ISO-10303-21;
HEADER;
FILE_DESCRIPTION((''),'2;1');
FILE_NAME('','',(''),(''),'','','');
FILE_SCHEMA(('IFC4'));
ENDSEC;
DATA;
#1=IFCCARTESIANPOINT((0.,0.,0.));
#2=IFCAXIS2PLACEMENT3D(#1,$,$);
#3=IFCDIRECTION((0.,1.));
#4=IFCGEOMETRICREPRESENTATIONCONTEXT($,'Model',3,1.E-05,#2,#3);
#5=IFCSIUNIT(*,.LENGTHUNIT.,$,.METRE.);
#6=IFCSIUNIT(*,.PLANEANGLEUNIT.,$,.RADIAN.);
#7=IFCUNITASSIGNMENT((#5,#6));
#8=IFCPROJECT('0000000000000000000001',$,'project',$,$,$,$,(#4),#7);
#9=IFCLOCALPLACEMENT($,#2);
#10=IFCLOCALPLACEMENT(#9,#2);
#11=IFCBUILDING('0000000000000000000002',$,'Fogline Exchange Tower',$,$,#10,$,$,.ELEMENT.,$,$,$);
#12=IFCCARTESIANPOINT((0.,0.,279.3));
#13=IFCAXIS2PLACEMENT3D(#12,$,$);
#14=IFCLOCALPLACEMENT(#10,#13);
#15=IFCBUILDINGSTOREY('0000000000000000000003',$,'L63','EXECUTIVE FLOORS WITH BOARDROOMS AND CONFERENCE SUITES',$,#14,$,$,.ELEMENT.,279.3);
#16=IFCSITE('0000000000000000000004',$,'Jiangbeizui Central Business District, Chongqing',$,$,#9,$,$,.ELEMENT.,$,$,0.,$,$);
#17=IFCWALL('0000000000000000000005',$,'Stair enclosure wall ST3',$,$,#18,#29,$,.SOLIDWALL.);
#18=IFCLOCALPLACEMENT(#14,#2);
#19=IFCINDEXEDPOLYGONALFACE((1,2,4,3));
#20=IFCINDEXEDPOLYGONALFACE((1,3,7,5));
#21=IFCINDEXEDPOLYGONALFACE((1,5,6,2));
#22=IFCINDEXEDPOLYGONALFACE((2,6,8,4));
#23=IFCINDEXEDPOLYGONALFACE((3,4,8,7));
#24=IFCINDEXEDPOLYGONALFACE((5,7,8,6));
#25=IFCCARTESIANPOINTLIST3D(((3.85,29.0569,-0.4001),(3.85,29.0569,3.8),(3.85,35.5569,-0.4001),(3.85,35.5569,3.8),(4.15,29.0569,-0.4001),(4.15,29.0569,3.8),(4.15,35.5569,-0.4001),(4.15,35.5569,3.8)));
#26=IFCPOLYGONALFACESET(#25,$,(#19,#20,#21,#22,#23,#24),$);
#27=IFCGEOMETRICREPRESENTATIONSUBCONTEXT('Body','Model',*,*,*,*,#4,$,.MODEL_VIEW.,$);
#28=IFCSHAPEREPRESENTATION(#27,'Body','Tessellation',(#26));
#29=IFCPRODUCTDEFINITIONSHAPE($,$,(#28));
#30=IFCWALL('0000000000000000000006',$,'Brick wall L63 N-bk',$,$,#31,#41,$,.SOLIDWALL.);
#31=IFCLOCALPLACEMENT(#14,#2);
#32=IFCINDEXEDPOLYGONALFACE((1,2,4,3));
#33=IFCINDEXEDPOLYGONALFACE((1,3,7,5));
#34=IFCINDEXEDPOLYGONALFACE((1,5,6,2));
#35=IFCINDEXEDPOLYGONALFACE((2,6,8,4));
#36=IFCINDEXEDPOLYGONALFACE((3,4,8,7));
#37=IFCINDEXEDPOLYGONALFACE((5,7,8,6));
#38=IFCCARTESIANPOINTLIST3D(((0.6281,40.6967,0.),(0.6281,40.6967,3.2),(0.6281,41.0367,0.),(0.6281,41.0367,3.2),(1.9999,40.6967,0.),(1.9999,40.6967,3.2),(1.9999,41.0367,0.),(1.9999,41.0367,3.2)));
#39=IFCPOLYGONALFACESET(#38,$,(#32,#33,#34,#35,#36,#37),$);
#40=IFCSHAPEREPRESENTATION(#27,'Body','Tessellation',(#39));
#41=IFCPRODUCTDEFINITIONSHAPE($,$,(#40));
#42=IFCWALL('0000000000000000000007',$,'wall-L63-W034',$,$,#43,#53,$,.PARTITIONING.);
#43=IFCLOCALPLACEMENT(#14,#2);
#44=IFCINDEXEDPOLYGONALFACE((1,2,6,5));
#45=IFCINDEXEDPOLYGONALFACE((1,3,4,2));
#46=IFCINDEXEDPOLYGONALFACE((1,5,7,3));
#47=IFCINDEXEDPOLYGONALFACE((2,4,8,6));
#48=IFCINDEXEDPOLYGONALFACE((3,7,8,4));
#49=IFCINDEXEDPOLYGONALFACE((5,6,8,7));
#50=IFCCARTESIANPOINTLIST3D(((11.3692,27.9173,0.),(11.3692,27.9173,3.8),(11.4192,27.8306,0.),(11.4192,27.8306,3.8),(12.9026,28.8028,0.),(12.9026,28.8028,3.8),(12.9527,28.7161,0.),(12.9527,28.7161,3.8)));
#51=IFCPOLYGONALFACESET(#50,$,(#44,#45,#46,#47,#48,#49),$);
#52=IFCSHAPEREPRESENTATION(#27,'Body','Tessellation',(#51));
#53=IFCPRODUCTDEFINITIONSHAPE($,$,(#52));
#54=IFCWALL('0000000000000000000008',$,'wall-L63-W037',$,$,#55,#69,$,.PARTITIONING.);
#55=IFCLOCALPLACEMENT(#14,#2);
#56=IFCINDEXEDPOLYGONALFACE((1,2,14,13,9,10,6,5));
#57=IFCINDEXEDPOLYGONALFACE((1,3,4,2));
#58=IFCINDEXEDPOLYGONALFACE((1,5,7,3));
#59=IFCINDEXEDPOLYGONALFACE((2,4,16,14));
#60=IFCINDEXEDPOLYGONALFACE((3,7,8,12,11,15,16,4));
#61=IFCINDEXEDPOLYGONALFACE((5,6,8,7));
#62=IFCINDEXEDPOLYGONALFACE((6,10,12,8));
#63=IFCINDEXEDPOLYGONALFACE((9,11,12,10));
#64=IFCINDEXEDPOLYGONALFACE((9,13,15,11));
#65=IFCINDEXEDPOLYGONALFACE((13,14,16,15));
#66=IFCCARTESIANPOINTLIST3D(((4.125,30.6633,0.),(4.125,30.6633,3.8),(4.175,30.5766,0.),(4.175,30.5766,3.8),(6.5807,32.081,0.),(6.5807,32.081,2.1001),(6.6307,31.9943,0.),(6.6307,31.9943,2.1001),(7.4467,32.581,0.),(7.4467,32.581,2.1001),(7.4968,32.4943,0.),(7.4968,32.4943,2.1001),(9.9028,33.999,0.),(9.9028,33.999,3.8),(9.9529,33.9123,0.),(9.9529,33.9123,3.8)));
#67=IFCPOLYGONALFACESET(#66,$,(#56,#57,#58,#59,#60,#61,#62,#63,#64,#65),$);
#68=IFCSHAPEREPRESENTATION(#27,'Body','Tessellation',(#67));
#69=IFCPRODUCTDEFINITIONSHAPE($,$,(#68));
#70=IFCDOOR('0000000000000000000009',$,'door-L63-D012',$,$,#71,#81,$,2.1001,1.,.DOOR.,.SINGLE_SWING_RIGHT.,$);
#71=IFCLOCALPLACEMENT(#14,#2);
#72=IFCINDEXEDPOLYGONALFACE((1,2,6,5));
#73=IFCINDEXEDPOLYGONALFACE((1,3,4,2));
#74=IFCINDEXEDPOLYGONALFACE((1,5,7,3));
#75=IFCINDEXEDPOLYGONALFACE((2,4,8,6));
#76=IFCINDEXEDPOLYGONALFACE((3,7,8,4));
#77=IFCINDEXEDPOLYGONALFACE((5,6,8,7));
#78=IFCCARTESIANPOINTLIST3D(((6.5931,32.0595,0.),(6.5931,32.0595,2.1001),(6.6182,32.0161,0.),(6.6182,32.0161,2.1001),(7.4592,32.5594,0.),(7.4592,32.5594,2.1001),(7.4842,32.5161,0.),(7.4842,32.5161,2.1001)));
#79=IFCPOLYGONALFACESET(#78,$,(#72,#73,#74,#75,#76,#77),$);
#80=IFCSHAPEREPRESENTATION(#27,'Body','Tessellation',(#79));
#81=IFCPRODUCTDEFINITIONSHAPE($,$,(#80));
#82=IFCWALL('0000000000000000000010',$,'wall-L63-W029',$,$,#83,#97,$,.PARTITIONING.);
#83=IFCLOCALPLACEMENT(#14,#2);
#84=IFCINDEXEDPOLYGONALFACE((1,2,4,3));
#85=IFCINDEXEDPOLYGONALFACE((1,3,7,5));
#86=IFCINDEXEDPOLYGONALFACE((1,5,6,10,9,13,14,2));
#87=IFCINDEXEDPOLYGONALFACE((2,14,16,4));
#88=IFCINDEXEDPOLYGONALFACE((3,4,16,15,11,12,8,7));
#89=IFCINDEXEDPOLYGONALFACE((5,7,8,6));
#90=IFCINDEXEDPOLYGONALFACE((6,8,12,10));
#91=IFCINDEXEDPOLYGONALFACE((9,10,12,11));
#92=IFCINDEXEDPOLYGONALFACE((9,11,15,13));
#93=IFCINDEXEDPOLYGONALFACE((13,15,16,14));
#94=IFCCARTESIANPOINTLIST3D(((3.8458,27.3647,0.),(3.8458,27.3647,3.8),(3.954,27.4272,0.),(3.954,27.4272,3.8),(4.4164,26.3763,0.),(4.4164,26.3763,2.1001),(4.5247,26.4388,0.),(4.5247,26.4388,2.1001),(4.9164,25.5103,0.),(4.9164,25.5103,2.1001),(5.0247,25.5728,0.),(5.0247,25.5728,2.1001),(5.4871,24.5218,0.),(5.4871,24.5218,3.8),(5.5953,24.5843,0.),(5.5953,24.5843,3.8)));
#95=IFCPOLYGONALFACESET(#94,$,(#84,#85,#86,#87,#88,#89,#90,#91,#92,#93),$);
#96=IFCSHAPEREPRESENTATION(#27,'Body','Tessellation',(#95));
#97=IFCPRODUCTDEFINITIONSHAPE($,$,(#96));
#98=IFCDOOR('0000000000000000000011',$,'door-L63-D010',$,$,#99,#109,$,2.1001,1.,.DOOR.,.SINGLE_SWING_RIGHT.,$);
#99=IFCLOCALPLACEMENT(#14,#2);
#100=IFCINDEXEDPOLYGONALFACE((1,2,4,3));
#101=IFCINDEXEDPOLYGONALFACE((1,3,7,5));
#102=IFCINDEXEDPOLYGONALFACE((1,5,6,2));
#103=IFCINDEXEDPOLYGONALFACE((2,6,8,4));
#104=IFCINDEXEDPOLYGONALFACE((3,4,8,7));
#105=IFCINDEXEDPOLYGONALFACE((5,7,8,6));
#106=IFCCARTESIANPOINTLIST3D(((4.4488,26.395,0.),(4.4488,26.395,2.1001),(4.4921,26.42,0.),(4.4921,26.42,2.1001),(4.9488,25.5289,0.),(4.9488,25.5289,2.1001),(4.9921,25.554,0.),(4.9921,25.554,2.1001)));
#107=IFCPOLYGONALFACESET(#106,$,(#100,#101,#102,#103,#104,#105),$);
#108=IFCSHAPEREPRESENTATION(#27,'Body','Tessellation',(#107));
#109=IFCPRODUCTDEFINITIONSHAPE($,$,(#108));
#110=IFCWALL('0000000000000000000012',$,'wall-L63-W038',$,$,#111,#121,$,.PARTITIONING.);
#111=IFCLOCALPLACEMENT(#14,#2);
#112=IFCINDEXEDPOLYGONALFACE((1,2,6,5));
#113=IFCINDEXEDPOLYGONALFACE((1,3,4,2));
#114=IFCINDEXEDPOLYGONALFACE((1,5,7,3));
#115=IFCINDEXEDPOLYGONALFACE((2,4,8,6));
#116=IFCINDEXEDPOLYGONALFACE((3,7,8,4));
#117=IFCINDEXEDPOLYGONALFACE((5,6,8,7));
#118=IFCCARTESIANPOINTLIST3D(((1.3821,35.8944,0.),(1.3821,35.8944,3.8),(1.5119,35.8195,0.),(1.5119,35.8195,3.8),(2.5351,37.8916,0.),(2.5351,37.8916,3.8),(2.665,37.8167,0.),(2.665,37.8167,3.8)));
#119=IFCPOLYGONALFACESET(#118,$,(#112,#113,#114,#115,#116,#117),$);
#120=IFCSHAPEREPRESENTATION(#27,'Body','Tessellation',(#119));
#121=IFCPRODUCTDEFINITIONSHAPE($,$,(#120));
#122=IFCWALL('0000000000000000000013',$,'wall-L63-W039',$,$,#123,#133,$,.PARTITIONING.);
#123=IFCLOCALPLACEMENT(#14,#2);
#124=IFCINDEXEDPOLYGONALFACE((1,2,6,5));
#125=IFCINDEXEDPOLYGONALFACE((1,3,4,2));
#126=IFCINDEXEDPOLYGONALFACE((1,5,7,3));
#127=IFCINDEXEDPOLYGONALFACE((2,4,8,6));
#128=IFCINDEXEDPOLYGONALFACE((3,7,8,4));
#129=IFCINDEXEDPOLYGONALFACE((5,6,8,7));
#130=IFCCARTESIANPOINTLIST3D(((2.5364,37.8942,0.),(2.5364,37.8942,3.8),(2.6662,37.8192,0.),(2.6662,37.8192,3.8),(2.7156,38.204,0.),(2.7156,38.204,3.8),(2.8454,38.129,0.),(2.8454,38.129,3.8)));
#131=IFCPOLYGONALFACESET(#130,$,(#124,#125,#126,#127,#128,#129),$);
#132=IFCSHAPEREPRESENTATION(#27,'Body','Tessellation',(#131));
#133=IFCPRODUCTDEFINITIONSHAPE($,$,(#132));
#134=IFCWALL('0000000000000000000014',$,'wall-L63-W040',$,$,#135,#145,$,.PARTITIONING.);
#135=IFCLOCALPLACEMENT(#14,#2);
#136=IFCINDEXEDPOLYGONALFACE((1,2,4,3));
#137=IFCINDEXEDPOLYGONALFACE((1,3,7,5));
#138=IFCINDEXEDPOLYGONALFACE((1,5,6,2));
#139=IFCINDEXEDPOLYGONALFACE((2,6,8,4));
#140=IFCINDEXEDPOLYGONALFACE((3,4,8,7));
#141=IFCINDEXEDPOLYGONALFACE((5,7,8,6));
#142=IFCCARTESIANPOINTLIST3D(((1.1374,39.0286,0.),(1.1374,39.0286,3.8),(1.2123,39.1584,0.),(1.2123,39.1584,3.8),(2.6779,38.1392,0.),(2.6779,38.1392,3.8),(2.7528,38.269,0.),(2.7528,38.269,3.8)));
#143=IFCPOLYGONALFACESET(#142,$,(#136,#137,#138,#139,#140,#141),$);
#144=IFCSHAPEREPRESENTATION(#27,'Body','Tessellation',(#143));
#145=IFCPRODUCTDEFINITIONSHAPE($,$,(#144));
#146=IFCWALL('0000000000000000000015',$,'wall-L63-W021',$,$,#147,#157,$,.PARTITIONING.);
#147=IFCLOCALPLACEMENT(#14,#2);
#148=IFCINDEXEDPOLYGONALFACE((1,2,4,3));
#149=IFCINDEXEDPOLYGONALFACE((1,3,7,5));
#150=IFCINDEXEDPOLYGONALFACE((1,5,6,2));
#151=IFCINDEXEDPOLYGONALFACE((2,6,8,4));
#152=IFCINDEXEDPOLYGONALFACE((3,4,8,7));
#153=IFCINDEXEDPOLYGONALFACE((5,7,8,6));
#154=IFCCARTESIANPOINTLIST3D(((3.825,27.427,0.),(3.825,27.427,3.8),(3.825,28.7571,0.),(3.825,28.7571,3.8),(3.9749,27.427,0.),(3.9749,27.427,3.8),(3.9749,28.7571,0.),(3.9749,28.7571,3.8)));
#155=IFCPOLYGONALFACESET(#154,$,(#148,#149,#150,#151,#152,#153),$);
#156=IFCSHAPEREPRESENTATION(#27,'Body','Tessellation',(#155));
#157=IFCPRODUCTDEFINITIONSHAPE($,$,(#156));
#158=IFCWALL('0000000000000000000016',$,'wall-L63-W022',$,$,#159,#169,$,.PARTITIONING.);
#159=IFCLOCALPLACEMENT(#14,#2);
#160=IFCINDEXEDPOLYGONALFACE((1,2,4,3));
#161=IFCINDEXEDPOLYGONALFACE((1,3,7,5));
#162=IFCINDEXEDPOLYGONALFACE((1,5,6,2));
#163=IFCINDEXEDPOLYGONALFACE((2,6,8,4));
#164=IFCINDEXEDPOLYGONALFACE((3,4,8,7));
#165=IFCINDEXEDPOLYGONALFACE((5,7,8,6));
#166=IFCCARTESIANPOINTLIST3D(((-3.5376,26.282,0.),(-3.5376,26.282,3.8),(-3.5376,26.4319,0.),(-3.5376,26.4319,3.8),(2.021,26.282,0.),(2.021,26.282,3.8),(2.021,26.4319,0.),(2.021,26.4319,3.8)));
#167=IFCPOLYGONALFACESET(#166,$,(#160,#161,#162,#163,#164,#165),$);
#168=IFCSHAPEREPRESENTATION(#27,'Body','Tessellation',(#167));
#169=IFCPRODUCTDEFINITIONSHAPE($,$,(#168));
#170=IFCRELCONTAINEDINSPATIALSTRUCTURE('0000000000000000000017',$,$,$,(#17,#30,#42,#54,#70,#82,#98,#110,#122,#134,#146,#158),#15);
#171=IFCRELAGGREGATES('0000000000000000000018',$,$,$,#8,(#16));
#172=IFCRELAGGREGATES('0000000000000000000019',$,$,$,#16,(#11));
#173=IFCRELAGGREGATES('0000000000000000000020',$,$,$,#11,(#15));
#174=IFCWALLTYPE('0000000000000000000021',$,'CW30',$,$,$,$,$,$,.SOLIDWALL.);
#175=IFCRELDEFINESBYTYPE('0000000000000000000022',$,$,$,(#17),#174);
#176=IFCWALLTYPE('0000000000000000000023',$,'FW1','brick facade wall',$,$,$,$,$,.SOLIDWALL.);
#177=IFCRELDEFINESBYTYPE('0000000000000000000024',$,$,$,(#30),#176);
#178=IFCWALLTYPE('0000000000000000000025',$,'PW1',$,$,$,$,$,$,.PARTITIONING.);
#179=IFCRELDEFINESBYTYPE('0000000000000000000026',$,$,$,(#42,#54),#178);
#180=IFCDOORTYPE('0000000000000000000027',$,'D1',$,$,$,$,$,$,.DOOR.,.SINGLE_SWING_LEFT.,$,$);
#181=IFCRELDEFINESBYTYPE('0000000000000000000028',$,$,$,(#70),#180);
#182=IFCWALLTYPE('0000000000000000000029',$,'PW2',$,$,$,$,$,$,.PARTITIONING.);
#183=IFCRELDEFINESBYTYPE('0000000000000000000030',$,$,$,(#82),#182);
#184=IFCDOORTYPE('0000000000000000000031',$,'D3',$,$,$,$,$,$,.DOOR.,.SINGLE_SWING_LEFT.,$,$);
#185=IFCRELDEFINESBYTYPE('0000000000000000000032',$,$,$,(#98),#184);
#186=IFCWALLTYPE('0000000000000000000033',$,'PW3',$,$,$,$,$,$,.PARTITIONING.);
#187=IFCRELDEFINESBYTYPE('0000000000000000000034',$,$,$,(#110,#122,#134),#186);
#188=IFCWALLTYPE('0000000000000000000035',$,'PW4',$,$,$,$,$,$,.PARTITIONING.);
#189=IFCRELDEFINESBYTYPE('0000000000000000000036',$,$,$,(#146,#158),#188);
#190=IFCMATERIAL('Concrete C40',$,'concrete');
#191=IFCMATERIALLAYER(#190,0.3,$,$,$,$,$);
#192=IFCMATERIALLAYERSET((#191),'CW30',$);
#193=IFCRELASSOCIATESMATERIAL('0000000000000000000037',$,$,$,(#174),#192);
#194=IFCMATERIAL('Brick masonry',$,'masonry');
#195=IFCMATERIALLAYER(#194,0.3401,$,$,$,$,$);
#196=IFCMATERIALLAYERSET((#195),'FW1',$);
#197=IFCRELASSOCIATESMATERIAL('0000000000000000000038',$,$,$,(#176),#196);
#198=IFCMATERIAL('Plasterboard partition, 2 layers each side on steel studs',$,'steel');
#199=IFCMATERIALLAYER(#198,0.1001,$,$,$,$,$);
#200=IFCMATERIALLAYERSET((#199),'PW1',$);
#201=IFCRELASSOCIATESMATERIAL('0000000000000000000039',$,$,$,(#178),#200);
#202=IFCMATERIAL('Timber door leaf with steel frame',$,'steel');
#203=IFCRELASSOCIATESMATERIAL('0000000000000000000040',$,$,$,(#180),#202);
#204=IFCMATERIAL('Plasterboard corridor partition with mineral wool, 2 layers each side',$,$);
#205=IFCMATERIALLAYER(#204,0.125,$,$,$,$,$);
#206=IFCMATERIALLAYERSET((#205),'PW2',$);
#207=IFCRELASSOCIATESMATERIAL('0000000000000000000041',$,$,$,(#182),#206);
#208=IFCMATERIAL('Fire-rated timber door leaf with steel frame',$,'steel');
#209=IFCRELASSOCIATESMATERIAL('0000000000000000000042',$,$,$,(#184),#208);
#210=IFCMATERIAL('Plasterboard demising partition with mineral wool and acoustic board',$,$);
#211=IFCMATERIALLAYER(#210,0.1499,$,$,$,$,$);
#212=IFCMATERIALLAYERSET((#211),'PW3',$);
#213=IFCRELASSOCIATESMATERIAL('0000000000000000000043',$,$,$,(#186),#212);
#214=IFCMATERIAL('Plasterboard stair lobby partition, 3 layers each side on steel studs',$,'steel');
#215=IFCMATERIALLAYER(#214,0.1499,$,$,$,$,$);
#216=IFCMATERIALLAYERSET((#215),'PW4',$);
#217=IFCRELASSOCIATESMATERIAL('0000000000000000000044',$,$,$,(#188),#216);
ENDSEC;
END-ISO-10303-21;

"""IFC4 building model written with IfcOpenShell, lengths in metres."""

from ifc_helpers import new_model, si_unit, direction, frame, frame_2d, origin, place, context, subcontext, project, spatial, rectangle, extrude, material, layer, layer_set, type_object, element, fill, save


model = new_model("IFC4")

# Units and contexts
model_context = context("Model", 3, precision=1e-05, world=origin(), true_north=direction((0.0, 1.0)))
body_context = subcontext(model_context, "Body", "Model", "MODEL_VIEW")
ifc_project = project(units=[si_unit("LENGTHUNIT", "METRE"), si_unit("PLANEANGLEUNIT", "RADIAN")], contexts=[model_context])

# Site, building, storey
site_placement = place(None, origin())
site = spatial("IfcSite", under=ifc_project, at=site_placement, Name="Jiangbeizui Central Business District, Chongqing", CompositionType="ELEMENT", RefElevation=0.0)
building_placement = place(site_placement, origin())
building = spatial("IfcBuilding", under=site, at=building_placement, Name="Fogline Exchange Tower", CompositionType="ELEMENT")
storey_placement = place(building_placement, frame((0.0, 0.0, 279.3)))
storey = spatial("IfcBuildingStorey", under=building, at=storey_placement, Name="L63", Description="EXECUTIVE FLOORS WITH BOARDROOMS AND CONFERENCE SUITES", CompositionType="ELEMENT", Elevation=279.3)

# Shared definitions
ifc_material_1 = material(Name="Concrete C40", Category="concrete")

# Walls
ifc_layer_1 = layer(ifc_material_1, 0.3)
ifc_layer_set_1 = layer_set([ifc_layer_1], Name="CW30")
wall_type_1 = type_object("IfcWallType", Name="CW30", PredefinedType="SOLIDWALL", material=ifc_layer_set_1)
wall_1_placement = place(storey_placement, frame((4.0, 29.0569, -0.4001), z_axis=(0.0, 0.0, 1.0), x_axis=(0.0, 1.0, 0.0)))
element("IfcWall", 1, at=wall_1_placement, inside=storey, type_object=wall_type_1, Name="Stair enclosure wall ST3", PredefinedType="SOLIDWALL", context=body_context, shape_type="SweptSolid", body=[
    extrude(rectangle(XDim=6.5, YDim=0.3, at=frame_2d((3.25, 0.0))), origin(), (0.0, 0.0, 1.0), 4.2002),
])
ifc_material_2 = material(Name="Brick masonry", Category="masonry")
ifc_layer_2 = layer(ifc_material_2, 0.3401)
ifc_layer_set_2 = layer_set([ifc_layer_2], Name="FW1")
wall_type_2 = type_object("IfcWallType", Name="FW1", Description="brick facade wall", PredefinedType="SOLIDWALL", material=ifc_layer_set_2)
wall_2_placement = place(storey_placement, frame((2.0, 40.8667, 0.0), z_axis=(0.0, 0.0, 1.0), x_axis=(-1.0, 0.0, 0.0)))
element("IfcWall", 2, at=wall_2_placement, inside=storey, type_object=wall_type_2, Name="Brick wall L63 N-bk", PredefinedType="SOLIDWALL", context=body_context, shape_type="SweptSolid", body=[
    extrude(rectangle(XDim=1.3718, YDim=0.3401, at=frame_2d((0.686, 0.0))), origin(), (0.0, 0.0, 1.0), 3.2),
])

# Wall
ifc_material_3 = material(Name="Plasterboard partition, 2 layers each side on steel studs", Category="steel")
ifc_layer_3 = layer(ifc_material_3, 0.1001)
ifc_layer_set_3 = layer_set([ifc_layer_3], Name="PW1")
wall_type_3 = type_object("IfcWallType", Name="PW1", PredefinedType="PARTITIONING", material=ifc_layer_set_3)
wall_3_placement = place(storey_placement, frame((11.3943, 27.874, 0.0), z_axis=(0.0, 0.0, 1.0), x_axis=(0.865986, 0.500069, 0.0)))
element("IfcWall", 3, at=wall_3_placement, inside=storey, type_object=wall_type_3, Name="wall-L63-W034", PredefinedType="PARTITIONING", context=body_context, shape_type="SweptSolid", body=[
    extrude(rectangle(XDim=1.7708, YDim=0.1001, at=frame_2d((0.8853, 0.0))), origin(), (0.0, 0.0, 1.0), 3.8),
])

# Walls, openings, doors
wall_4_placement = place(storey_placement, frame((4.1499, 30.6199, 0.0), z_axis=(0.0, 0.0, 1.0), x_axis=(0.866034, 0.499984, 0.0)))
wall_4 = element("IfcWall", 4, at=wall_4_placement, inside=storey, type_object=wall_type_3, Name="wall-L63-W037", PredefinedType="PARTITIONING", context=body_context, shape_type="SweptSolid", body=[
    extrude(rectangle(XDim=6.6716, YDim=0.1001, at=frame_2d((3.3359, 0.0))), origin(), (0.0, 0.0, 1.0), 3.8),
])
opening_1_placement = place(wall_4_placement, frame((2.8357, 0.0, 0.0)))
opening_1 = element("IfcOpeningElement", 5, at=opening_1_placement, cuts=wall_4, PredefinedType="OPENING", context=body_context, shape_type="SweptSolid", body=[
    extrude(rectangle(XDim=1.0, YDim=2.1001, at=frame_2d((0.5, 1.05))), frame((0.0, 0.0601, 0.0), z_axis=(0.0, -1.0, 0.0), x_axis=(1.0, 0.0, 0.0)), (0.0, 0.0, 1.0), 0.1201),
])
ifc_material_4 = material(Name="Timber door leaf with steel frame", Category="steel")
door_type_1 = type_object("IfcDoorType", Name="D1", OperationType="SINGLE_SWING_LEFT", PredefinedType="DOOR", material=ifc_material_4)
door_1_placement = place(opening_1_placement, frame((1.0, 0.0, 0.0), z_axis=(0.0, 0.0, 1.0), x_axis=(-1.0, 0.0, 0.0)))
door_1 = element("IfcDoor", 6, at=door_1_placement, inside=storey, type_object=door_type_1, Name="door-L63-D012", OperationType="SINGLE_SWING_RIGHT", OverallHeight=2.1001, OverallWidth=1.0, PredefinedType="DOOR", context=body_context, shape_type="SweptSolid", body=[
    extrude(rectangle(XDim=1.0, YDim=2.1001, at=frame_2d((0.5, 1.05))), frame((0.0, 0.0249, 0.0), z_axis=(0.0, -1.0, 0.0), x_axis=(1.0, 0.0, 0.0)), (0.0, 0.0, 1.0), 0.05),
])
fill(opening_1, door_1)
ifc_material_5 = material(Name="Plasterboard corridor partition with mineral wool, 2 layers each side")
ifc_layer_4 = layer(ifc_material_5, 0.125)
ifc_layer_set_4 = layer_set([ifc_layer_4], Name="PW2")
wall_type_4 = type_object("IfcWallType", Name="PW2", PredefinedType="PARTITIONING", material=ifc_layer_set_4)
wall_5_placement = place(storey_placement, frame((3.8999, 27.396, 0.0), z_axis=(0.0, 0.0, 1.0), x_axis=(0.499986, -0.866033, 0.0)))
wall_5 = element("IfcWall", 7, at=wall_5_placement, inside=storey, type_object=wall_type_4, Name="wall-L63-W029", PredefinedType="PARTITIONING", context=body_context, shape_type="SweptSolid", body=[
    extrude(rectangle(XDim=3.2827, YDim=0.125, at=frame_2d((1.6414, 0.0))), origin(), (0.0, 0.0, 1.0), 3.8),
])
opening_2_placement = place(wall_5_placement, frame((1.1414, 0.0, 0.0)))
opening_2 = element("IfcOpeningElement", 8, at=opening_2_placement, cuts=wall_5, PredefinedType="OPENING", context=body_context, shape_type="SweptSolid", body=[
    extrude(rectangle(XDim=1.0, YDim=2.1001, at=frame_2d((0.5, 1.05))), frame((0.0, 0.0725, 0.0), z_axis=(0.0, -1.0, 0.0), x_axis=(1.0, 0.0, 0.0)), (0.0, 0.0, 1.0), 0.145),
])
ifc_material_6 = material(Name="Fire-rated timber door leaf with steel frame", Category="steel")
door_type_2 = type_object("IfcDoorType", Name="D3", OperationType="SINGLE_SWING_LEFT", PredefinedType="DOOR", material=ifc_material_6)
door_2_placement = place(opening_2_placement, origin())
door_2 = element("IfcDoor", 9, at=door_2_placement, inside=storey, type_object=door_type_2, Name="door-L63-D010", OperationType="SINGLE_SWING_RIGHT", OverallHeight=2.1001, OverallWidth=1.0, PredefinedType="DOOR", context=body_context, shape_type="SweptSolid", body=[
    extrude(rectangle(XDim=1.0, YDim=2.1001, at=frame_2d((0.5, 1.05))), frame((0.0, 0.0249, 0.0), z_axis=(0.0, -1.0, 0.0), x_axis=(1.0, 0.0, 0.0)), (0.0, 0.0, 1.0), 0.05),
])
fill(opening_2, door_2)

# Walls
ifc_material_7 = material(Name="Plasterboard demising partition with mineral wool and acoustic board")
ifc_layer_5 = layer(ifc_material_7, 0.1499)
ifc_layer_set_5 = layer_set([ifc_layer_5], Name="PW3")
wall_type_5 = type_object("IfcWallType", Name="PW3", PredefinedType="PARTITIONING", material=ifc_layer_set_5)
wall_6_placement = place(storey_placement, frame((1.447, 35.8569, 0.0), z_axis=(0.0, 0.0, 1.0), x_axis=(0.499976, 0.866039, 0.0)))
element("IfcWall", 10, at=wall_6_placement, inside=storey, type_object=wall_type_5, Name="wall-L63-W038", PredefinedType="PARTITIONING", context=body_context, shape_type="SweptSolid", body=[
    extrude(rectangle(XDim=2.3062, YDim=0.1499, at=frame_2d((1.1531, 0.0))), origin(), (0.0, 0.0, 1.0), 3.8),
])
wall_7_placement = place(storey_placement, frame((2.6013, 37.8567, 0.0), z_axis=(0.0, 0.0, 1.0), x_axis=(0.500687, 0.865629, 0.0)))
element("IfcWall", 11, at=wall_7_placement, inside=storey, type_object=wall_type_5, Name="wall-L63-W039", PredefinedType="PARTITIONING", context=body_context, shape_type="SweptSolid", body=[
    extrude(rectangle(XDim=0.3579, YDim=0.1499, at=frame_2d((0.179, 0.0))), origin(), (0.0, 0.0, 1.0), 3.8),
])
wall_8_placement = place(storey_placement, frame((2.7153, 38.2041, 0.0), z_axis=(0.0, 0.0, 1.0), x_axis=(-0.86603, 0.499992, 0.0)))
element("IfcWall", 12, at=wall_8_placement, inside=storey, type_object=wall_type_5, Name="wall-L63-W040", PredefinedType="PARTITIONING", context=body_context, shape_type="SweptSolid", body=[
    extrude(rectangle(XDim=1.7788, YDim=0.1499, at=frame_2d((0.8894, 0.0))), origin(), (0.0, 0.0, 1.0), 3.8),
])
ifc_material_8 = material(Name="Plasterboard stair lobby partition, 3 layers each side on steel studs", Category="steel")
ifc_layer_6 = layer(ifc_material_8, 0.1499)
ifc_layer_set_6 = layer_set([ifc_layer_6], Name="PW4")
wall_type_6 = type_object("IfcWallType", Name="PW4", PredefinedType="PARTITIONING", material=ifc_layer_set_6)
wall_9_placement = place(storey_placement, frame((3.8999, 28.7571, 0.0), z_axis=(0.0, 0.0, 1.0), x_axis=(0.0, -1.0, 0.0)))
element("IfcWall", 13, at=wall_9_placement, inside=storey, type_object=wall_type_6, Name="wall-L63-W021", PredefinedType="PARTITIONING", context=body_context, shape_type="SweptSolid", body=[
    extrude(rectangle(XDim=1.3301, YDim=0.1499, at=frame_2d((0.665, 0.0))), origin(), (0.0, 0.0, 1.0), 3.8),
])
wall_10_placement = place(storey_placement, frame((2.021, 26.3569, 0.0), z_axis=(0.0, 0.0, 1.0), x_axis=(-1.0, 0.0, 0.0)))
element("IfcWall", 14, at=wall_10_placement, inside=storey, type_object=wall_type_6, Name="wall-L63-W022", PredefinedType="PARTITIONING", context=body_context, shape_type="SweptSolid", body=[
    extrude(rectangle(XDim=5.5586, YDim=0.1499, at=frame_2d((2.7793, 0.0))), origin(), (0.0, 0.0, 1.0), 3.8),
])

save(model, "model.ifc")
